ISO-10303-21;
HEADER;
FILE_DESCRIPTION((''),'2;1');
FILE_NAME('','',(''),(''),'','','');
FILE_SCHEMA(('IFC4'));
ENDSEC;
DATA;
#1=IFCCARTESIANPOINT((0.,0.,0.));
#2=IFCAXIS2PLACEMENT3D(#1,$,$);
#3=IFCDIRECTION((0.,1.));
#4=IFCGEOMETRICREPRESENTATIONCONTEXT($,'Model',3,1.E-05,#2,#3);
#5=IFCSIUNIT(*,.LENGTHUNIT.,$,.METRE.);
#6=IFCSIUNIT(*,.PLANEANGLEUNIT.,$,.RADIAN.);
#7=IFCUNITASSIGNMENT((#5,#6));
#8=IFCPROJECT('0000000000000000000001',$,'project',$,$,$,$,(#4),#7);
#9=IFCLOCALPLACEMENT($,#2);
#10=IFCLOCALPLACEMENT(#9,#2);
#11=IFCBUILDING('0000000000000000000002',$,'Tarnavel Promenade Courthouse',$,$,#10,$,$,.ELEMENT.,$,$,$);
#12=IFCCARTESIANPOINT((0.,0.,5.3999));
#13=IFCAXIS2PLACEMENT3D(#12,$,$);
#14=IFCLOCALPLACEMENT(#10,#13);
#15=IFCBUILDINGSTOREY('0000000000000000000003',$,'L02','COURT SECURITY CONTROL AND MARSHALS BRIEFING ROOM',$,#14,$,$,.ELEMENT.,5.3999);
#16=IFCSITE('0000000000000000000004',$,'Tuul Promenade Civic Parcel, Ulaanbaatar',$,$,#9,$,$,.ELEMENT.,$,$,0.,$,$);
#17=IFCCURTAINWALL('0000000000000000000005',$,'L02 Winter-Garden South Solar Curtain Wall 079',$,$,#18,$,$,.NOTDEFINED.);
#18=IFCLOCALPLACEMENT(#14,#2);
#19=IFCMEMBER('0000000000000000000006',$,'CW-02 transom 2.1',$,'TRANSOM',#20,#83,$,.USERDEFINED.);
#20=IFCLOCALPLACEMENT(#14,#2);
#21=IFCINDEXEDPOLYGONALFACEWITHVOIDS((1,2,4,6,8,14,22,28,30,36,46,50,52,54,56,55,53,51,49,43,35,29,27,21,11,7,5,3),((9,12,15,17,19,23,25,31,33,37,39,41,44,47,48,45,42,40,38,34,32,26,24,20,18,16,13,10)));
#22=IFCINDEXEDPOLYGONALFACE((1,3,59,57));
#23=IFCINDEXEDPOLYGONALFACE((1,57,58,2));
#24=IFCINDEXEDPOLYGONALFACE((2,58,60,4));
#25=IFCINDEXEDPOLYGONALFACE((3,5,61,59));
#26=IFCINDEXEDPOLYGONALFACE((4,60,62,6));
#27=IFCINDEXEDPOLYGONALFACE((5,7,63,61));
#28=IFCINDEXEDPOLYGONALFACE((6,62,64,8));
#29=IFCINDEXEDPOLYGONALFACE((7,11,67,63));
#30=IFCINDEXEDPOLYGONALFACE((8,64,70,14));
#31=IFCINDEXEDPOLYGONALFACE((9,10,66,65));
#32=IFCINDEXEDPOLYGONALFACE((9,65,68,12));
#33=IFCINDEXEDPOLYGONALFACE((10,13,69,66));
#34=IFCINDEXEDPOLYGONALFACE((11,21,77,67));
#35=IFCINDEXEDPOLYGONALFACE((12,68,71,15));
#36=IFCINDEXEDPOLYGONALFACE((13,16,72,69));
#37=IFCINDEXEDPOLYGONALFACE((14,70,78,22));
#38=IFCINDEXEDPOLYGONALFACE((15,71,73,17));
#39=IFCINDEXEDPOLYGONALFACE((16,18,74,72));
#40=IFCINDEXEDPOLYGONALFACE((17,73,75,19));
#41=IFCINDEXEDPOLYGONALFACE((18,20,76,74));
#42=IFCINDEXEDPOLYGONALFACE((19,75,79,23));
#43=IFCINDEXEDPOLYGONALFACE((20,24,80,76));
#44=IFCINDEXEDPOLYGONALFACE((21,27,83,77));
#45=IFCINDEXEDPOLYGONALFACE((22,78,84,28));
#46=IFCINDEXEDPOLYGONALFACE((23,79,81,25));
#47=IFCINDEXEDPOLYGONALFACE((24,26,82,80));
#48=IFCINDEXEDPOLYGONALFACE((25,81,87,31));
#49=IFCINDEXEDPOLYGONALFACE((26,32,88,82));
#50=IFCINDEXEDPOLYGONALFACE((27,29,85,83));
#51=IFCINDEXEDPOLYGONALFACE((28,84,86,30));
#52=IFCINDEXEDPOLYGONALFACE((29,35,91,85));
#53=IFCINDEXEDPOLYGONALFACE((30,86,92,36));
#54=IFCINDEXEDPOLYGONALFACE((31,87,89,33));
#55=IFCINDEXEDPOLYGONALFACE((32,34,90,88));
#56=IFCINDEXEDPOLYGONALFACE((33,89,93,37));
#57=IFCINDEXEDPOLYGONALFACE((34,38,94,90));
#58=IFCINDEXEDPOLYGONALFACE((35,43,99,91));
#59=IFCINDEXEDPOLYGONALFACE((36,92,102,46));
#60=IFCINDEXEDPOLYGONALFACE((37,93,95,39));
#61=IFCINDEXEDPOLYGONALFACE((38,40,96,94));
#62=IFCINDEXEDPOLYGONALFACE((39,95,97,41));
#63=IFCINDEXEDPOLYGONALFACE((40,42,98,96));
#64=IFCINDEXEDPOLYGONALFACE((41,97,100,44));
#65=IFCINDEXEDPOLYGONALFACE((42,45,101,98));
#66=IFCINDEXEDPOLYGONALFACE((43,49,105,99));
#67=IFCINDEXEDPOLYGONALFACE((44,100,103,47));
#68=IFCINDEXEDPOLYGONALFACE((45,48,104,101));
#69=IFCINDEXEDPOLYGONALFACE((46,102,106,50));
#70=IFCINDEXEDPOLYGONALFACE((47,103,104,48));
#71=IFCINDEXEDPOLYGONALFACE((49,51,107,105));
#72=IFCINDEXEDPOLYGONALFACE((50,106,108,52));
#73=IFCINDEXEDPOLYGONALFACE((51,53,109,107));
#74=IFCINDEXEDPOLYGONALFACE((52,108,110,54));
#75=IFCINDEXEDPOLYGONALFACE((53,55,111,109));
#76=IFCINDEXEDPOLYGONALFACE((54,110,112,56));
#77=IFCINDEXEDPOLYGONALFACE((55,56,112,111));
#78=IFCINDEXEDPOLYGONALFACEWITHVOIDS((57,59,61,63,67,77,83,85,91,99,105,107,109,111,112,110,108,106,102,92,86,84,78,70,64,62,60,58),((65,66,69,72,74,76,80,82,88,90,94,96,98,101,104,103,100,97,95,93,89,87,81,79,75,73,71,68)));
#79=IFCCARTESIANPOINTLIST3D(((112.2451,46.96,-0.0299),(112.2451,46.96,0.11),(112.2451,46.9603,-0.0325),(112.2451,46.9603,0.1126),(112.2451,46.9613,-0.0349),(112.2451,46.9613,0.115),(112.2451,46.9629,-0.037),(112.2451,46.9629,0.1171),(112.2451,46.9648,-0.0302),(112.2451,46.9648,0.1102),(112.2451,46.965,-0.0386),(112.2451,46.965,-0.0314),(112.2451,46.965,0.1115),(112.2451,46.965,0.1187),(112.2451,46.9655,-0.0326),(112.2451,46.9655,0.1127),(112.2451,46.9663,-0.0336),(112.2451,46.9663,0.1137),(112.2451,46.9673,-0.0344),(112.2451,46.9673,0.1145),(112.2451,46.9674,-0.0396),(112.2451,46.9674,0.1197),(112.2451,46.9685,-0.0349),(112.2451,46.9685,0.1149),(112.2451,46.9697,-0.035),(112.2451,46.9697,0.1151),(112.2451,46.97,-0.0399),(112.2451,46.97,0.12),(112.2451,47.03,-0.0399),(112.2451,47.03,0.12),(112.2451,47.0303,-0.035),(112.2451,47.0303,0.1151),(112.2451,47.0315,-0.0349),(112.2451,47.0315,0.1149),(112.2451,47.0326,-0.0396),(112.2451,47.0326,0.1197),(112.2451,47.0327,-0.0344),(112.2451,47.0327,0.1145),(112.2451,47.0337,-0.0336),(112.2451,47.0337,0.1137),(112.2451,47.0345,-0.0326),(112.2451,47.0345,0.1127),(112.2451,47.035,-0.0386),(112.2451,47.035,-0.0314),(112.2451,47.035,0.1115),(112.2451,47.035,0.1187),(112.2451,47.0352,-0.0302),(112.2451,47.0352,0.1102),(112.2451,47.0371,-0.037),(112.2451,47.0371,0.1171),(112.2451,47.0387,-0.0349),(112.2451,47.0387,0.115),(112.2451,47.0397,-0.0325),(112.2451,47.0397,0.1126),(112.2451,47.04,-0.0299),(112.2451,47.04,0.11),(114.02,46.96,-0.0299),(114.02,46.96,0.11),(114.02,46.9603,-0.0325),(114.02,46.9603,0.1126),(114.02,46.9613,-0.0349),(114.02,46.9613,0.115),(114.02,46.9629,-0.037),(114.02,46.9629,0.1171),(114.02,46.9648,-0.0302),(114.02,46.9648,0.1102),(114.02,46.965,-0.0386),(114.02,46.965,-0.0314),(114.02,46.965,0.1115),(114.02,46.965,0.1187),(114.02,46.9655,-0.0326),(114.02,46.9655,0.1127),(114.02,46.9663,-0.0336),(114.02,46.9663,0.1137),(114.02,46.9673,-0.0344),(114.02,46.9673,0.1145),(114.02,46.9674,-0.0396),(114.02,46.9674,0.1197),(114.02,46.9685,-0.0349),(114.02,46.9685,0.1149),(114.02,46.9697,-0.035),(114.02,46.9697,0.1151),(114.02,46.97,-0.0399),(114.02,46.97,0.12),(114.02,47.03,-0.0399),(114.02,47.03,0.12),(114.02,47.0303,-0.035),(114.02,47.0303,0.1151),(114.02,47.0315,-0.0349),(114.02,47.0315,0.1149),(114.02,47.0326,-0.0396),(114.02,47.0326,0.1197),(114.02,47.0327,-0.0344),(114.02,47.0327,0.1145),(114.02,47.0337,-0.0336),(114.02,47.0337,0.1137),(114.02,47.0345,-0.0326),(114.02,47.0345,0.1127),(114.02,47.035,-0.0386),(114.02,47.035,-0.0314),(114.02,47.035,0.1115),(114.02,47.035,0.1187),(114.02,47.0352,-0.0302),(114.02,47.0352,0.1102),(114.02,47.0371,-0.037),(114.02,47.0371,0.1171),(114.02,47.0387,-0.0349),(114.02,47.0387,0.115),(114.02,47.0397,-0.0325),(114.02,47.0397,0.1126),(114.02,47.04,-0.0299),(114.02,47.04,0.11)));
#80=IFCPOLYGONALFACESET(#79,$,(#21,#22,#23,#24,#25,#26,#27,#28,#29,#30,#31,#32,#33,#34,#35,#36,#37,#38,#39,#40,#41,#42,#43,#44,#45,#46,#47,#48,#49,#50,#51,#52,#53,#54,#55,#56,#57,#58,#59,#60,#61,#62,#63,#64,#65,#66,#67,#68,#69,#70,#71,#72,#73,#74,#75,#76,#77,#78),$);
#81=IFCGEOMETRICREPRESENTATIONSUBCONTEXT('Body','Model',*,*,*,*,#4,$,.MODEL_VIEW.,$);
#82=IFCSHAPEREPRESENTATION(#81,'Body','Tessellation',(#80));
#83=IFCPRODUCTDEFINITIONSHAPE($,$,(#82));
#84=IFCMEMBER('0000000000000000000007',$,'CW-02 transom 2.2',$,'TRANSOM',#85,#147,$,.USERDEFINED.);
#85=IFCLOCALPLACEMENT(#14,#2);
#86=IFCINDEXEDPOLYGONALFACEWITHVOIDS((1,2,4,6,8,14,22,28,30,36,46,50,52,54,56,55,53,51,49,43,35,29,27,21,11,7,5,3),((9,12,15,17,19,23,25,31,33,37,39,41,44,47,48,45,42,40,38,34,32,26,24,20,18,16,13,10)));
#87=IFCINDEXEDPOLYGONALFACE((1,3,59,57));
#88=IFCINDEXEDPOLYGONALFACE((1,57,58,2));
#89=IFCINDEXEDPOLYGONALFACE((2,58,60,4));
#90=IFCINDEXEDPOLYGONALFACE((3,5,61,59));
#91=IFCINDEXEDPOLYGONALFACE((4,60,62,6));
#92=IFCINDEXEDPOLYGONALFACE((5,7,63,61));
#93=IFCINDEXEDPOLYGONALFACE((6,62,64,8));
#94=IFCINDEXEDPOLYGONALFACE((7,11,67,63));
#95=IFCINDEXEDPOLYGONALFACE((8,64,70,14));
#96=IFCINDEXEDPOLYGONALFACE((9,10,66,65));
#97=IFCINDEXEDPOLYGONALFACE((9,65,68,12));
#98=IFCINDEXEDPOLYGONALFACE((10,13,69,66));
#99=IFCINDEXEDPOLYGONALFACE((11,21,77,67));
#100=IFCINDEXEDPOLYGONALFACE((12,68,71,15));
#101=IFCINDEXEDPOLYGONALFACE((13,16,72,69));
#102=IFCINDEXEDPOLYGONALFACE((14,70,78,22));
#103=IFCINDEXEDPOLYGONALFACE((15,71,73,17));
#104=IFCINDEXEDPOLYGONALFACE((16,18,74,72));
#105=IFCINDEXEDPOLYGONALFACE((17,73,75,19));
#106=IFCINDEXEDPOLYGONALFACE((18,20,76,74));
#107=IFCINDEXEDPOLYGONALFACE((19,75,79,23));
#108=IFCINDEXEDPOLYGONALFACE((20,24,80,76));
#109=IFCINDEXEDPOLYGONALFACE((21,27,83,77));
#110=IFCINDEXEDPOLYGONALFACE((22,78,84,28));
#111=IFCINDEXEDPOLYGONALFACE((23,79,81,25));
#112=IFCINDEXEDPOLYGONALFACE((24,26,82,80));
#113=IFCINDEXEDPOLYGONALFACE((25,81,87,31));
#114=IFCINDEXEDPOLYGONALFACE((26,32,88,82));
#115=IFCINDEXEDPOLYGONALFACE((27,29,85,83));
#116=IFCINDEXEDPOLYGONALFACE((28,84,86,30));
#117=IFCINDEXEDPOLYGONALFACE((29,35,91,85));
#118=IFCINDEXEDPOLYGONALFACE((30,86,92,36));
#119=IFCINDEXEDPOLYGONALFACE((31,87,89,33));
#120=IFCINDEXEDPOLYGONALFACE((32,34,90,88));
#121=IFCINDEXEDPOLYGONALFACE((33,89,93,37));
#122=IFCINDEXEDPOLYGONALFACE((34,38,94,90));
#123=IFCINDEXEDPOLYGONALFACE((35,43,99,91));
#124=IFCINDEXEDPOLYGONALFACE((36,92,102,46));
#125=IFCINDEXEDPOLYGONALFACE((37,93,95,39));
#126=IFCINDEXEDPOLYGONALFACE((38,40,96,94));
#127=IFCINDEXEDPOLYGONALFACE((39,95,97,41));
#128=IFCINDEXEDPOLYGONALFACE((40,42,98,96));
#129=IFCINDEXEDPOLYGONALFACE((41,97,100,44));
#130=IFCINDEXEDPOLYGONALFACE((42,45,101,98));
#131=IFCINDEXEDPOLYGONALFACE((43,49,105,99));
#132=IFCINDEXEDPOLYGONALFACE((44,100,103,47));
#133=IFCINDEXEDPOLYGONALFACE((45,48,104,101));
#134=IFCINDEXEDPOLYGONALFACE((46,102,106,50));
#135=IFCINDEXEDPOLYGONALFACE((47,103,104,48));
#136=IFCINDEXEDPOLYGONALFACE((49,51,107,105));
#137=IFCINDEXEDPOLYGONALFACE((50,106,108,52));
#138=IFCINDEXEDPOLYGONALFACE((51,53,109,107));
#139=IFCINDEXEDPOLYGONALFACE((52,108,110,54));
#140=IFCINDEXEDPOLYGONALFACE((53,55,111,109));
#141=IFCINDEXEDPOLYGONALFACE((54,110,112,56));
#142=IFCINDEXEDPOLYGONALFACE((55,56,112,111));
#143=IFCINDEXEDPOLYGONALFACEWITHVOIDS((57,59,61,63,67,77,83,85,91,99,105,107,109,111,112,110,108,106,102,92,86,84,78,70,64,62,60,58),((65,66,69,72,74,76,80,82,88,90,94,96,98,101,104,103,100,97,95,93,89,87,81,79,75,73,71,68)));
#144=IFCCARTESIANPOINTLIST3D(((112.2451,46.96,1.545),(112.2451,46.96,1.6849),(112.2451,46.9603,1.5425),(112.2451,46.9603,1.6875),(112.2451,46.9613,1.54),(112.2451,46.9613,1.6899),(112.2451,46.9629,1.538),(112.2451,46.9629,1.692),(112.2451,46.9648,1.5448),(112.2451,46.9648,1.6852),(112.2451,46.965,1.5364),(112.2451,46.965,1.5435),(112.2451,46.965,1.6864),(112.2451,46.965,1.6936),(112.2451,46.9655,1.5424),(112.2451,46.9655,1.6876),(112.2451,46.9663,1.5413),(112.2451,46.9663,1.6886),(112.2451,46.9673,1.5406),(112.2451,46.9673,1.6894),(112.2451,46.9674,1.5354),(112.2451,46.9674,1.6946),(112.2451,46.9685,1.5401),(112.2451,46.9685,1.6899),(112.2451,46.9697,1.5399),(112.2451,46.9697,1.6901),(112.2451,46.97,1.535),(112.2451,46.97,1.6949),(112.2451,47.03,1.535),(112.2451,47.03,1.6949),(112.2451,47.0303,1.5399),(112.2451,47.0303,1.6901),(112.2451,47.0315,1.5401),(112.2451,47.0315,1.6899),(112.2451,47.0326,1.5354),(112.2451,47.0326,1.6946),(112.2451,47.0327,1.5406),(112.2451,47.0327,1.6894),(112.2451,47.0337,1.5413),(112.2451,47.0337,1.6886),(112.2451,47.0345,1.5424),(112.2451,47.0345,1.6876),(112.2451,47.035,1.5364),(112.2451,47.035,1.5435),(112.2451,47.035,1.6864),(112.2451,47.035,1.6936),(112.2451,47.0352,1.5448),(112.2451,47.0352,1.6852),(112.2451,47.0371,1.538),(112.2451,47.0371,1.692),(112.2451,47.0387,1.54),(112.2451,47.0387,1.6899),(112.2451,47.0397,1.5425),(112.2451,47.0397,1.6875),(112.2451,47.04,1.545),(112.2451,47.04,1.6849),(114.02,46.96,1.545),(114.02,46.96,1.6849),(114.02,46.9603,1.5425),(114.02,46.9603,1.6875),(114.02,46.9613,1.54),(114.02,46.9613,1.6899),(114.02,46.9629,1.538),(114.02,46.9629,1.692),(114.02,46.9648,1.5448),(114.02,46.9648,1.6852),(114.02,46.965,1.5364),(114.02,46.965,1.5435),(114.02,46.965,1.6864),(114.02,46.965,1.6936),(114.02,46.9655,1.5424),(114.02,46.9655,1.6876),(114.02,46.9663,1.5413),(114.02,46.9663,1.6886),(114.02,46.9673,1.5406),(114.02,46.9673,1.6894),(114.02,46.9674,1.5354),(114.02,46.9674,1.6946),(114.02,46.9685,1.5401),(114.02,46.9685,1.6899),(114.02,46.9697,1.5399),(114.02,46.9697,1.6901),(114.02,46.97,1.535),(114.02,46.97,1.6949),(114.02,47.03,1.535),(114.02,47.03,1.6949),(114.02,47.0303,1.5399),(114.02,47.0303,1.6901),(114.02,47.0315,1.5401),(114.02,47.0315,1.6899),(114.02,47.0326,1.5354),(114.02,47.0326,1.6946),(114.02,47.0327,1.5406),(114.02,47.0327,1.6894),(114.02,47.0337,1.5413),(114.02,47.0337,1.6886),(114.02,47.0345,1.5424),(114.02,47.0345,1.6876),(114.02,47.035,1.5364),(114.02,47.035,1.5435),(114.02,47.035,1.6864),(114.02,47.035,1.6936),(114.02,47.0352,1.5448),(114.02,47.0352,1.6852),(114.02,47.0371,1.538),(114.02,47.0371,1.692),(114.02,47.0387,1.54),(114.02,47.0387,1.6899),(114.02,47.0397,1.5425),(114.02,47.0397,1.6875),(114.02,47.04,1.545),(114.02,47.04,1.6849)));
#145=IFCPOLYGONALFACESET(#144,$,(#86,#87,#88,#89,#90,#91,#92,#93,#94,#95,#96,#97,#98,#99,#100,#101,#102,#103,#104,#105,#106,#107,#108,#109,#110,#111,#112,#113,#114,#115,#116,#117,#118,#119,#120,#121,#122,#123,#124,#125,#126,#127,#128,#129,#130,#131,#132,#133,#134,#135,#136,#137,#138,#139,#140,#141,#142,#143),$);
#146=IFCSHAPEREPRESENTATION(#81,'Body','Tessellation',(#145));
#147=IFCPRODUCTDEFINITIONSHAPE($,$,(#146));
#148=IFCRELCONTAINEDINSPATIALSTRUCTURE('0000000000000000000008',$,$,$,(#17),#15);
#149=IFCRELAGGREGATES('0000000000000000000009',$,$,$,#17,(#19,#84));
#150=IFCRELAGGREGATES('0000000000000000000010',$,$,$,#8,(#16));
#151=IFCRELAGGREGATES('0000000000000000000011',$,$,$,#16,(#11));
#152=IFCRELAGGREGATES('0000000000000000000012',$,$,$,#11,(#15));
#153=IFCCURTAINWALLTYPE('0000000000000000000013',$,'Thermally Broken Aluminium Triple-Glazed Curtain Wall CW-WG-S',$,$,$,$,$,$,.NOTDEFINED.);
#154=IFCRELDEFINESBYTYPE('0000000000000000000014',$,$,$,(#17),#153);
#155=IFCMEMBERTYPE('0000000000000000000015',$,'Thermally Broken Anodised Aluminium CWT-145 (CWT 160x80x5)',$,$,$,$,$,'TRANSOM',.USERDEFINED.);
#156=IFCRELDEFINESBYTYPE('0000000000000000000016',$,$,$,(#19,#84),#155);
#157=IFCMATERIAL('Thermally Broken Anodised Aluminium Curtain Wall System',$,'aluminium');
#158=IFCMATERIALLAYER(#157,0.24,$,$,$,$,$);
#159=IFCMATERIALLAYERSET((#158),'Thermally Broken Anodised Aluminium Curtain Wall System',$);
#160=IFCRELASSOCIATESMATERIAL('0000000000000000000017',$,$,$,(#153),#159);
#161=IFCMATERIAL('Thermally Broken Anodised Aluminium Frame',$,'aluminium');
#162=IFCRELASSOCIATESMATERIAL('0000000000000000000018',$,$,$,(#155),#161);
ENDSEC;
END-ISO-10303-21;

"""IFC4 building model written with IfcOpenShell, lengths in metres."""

from ifc_helpers import new_model, si_unit, direction, frame, origin, origin_2d, place, context, subcontext, project, spatial, hollow_rectangle, extrude, material, layer, layer_set, material_profile, profile_set, type_object, element, aggregate, save


model = new_model("IFC4")

# Units and contexts
model_context = context("Model", 3, precision=1e-05, world=origin(), true_north=direction((0.0, 1.0)))
body_context = subcontext(model_context, "Body", "Model", "MODEL_VIEW")
ifc_project = project(units=[si_unit("LENGTHUNIT", "METRE"), si_unit("PLANEANGLEUNIT", "RADIAN")], contexts=[model_context])

# Site, building, storey
site_placement = place(None, origin())
site = spatial("IfcSite", under=ifc_project, at=site_placement, Name="Tuul Promenade Civic Parcel, Ulaanbaatar", CompositionType="ELEMENT", RefElevation=0.0)
building_placement = place(site_placement, origin())
building = spatial("IfcBuilding", under=site, at=building_placement, Name="Tarnavel Promenade Courthouse", CompositionType="ELEMENT")
storey_placement = place(building_placement, frame((0.0, 0.0, 5.3999)))
storey = spatial("IfcBuildingStorey", under=building, at=storey_placement, Name="L02", Description="COURT SECURITY CONTROL AND MARSHALS BRIEFING ROOM", CompositionType="ELEMENT", Elevation=5.3999)

# Curtain wall
ifc_material_1 = material(Name="Thermally Broken Anodised Aluminium Curtain Wall System", Category="aluminium")
ifc_layer_1 = layer(ifc_material_1, 0.24)
ifc_layer_set_1 = layer_set([ifc_layer_1], Name="Thermally Broken Anodised Aluminium Curtain Wall System")
curtain_wall_type = type_object("IfcCurtainWallType", Name="Thermally Broken Aluminium Triple-Glazed Curtain Wall CW-WG-S", PredefinedType="NOTDEFINED", material=ifc_layer_set_1)
ifc_material_2 = material(Name="Thermally Broken Anodised Aluminium Frame", Category="aluminium")
curtain_wall_1_placement = place(storey_placement, origin())
curtain_wall_1 = element("IfcCurtainWall", 1, at=curtain_wall_1_placement, inside=storey, type_object=curtain_wall_type, Name="L02 Winter-Garden South Solar Curtain Wall 079", PredefinedType="NOTDEFINED")

# Members
ifc_material_profile_1 = material_profile(ifc_material_2, hollow_rectangle(XDim=0.0801, YDim=0.1599, WallThickness=0.0049, InnerFilletRadius=0.0049, OuterFilletRadius=0.01, at=origin_2d()), Name="CWT 160x80x5")
ifc_profile_set_1 = profile_set([ifc_material_profile_1], Name="Thermally Broken Anodised Aluminium Frame")
member_type_1 = type_object("IfcMemberType", Name="Thermally Broken Anodised Aluminium CWT-145 (CWT 160x80x5)", ElementType="TRANSOM", PredefinedType="USERDEFINED", material=ifc_profile_set_1)
member_1_placement = place(storey_placement, frame((112.2451, 47.0, 0.04), z_axis=(1.0, 0.0, 0.0), x_axis=(0.0, 1.0, 0.0)))
member_1 = element("IfcMember", 2, at=member_1_placement, type_object=member_type_1, Name="CW-02 transom 2.1", ObjectType="TRANSOM", PredefinedType="USERDEFINED", context=body_context, shape_type="SweptSolid", body=[
    extrude(hollow_rectangle(XDim=0.0801, YDim=0.1599, WallThickness=0.0049, InnerFilletRadius=0.0049, OuterFilletRadius=0.01, at=origin_2d()), origin(), (0.0, 0.0, 1.0), 1.7749),
])
member_2_placement = place(storey_placement, frame((112.2451, 47.0, 1.615), z_axis=(1.0, 0.0, 0.0), x_axis=(0.0, 1.0, 0.0)))
member_2 = element("IfcMember", 3, at=member_2_placement, type_object=member_type_1, Name="CW-02 transom 2.2", ObjectType="TRANSOM", PredefinedType="USERDEFINED", context=body_context, shape_type="SweptSolid", body=[
    extrude(hollow_rectangle(XDim=0.0801, YDim=0.1599, WallThickness=0.0049, InnerFilletRadius=0.0049, OuterFilletRadius=0.01, at=origin_2d()), origin(), (0.0, 0.0, 1.0), 1.7749),
])

aggregate(curtain_wall_1, [member_1, member_2])

save(model, "model.ifc")
